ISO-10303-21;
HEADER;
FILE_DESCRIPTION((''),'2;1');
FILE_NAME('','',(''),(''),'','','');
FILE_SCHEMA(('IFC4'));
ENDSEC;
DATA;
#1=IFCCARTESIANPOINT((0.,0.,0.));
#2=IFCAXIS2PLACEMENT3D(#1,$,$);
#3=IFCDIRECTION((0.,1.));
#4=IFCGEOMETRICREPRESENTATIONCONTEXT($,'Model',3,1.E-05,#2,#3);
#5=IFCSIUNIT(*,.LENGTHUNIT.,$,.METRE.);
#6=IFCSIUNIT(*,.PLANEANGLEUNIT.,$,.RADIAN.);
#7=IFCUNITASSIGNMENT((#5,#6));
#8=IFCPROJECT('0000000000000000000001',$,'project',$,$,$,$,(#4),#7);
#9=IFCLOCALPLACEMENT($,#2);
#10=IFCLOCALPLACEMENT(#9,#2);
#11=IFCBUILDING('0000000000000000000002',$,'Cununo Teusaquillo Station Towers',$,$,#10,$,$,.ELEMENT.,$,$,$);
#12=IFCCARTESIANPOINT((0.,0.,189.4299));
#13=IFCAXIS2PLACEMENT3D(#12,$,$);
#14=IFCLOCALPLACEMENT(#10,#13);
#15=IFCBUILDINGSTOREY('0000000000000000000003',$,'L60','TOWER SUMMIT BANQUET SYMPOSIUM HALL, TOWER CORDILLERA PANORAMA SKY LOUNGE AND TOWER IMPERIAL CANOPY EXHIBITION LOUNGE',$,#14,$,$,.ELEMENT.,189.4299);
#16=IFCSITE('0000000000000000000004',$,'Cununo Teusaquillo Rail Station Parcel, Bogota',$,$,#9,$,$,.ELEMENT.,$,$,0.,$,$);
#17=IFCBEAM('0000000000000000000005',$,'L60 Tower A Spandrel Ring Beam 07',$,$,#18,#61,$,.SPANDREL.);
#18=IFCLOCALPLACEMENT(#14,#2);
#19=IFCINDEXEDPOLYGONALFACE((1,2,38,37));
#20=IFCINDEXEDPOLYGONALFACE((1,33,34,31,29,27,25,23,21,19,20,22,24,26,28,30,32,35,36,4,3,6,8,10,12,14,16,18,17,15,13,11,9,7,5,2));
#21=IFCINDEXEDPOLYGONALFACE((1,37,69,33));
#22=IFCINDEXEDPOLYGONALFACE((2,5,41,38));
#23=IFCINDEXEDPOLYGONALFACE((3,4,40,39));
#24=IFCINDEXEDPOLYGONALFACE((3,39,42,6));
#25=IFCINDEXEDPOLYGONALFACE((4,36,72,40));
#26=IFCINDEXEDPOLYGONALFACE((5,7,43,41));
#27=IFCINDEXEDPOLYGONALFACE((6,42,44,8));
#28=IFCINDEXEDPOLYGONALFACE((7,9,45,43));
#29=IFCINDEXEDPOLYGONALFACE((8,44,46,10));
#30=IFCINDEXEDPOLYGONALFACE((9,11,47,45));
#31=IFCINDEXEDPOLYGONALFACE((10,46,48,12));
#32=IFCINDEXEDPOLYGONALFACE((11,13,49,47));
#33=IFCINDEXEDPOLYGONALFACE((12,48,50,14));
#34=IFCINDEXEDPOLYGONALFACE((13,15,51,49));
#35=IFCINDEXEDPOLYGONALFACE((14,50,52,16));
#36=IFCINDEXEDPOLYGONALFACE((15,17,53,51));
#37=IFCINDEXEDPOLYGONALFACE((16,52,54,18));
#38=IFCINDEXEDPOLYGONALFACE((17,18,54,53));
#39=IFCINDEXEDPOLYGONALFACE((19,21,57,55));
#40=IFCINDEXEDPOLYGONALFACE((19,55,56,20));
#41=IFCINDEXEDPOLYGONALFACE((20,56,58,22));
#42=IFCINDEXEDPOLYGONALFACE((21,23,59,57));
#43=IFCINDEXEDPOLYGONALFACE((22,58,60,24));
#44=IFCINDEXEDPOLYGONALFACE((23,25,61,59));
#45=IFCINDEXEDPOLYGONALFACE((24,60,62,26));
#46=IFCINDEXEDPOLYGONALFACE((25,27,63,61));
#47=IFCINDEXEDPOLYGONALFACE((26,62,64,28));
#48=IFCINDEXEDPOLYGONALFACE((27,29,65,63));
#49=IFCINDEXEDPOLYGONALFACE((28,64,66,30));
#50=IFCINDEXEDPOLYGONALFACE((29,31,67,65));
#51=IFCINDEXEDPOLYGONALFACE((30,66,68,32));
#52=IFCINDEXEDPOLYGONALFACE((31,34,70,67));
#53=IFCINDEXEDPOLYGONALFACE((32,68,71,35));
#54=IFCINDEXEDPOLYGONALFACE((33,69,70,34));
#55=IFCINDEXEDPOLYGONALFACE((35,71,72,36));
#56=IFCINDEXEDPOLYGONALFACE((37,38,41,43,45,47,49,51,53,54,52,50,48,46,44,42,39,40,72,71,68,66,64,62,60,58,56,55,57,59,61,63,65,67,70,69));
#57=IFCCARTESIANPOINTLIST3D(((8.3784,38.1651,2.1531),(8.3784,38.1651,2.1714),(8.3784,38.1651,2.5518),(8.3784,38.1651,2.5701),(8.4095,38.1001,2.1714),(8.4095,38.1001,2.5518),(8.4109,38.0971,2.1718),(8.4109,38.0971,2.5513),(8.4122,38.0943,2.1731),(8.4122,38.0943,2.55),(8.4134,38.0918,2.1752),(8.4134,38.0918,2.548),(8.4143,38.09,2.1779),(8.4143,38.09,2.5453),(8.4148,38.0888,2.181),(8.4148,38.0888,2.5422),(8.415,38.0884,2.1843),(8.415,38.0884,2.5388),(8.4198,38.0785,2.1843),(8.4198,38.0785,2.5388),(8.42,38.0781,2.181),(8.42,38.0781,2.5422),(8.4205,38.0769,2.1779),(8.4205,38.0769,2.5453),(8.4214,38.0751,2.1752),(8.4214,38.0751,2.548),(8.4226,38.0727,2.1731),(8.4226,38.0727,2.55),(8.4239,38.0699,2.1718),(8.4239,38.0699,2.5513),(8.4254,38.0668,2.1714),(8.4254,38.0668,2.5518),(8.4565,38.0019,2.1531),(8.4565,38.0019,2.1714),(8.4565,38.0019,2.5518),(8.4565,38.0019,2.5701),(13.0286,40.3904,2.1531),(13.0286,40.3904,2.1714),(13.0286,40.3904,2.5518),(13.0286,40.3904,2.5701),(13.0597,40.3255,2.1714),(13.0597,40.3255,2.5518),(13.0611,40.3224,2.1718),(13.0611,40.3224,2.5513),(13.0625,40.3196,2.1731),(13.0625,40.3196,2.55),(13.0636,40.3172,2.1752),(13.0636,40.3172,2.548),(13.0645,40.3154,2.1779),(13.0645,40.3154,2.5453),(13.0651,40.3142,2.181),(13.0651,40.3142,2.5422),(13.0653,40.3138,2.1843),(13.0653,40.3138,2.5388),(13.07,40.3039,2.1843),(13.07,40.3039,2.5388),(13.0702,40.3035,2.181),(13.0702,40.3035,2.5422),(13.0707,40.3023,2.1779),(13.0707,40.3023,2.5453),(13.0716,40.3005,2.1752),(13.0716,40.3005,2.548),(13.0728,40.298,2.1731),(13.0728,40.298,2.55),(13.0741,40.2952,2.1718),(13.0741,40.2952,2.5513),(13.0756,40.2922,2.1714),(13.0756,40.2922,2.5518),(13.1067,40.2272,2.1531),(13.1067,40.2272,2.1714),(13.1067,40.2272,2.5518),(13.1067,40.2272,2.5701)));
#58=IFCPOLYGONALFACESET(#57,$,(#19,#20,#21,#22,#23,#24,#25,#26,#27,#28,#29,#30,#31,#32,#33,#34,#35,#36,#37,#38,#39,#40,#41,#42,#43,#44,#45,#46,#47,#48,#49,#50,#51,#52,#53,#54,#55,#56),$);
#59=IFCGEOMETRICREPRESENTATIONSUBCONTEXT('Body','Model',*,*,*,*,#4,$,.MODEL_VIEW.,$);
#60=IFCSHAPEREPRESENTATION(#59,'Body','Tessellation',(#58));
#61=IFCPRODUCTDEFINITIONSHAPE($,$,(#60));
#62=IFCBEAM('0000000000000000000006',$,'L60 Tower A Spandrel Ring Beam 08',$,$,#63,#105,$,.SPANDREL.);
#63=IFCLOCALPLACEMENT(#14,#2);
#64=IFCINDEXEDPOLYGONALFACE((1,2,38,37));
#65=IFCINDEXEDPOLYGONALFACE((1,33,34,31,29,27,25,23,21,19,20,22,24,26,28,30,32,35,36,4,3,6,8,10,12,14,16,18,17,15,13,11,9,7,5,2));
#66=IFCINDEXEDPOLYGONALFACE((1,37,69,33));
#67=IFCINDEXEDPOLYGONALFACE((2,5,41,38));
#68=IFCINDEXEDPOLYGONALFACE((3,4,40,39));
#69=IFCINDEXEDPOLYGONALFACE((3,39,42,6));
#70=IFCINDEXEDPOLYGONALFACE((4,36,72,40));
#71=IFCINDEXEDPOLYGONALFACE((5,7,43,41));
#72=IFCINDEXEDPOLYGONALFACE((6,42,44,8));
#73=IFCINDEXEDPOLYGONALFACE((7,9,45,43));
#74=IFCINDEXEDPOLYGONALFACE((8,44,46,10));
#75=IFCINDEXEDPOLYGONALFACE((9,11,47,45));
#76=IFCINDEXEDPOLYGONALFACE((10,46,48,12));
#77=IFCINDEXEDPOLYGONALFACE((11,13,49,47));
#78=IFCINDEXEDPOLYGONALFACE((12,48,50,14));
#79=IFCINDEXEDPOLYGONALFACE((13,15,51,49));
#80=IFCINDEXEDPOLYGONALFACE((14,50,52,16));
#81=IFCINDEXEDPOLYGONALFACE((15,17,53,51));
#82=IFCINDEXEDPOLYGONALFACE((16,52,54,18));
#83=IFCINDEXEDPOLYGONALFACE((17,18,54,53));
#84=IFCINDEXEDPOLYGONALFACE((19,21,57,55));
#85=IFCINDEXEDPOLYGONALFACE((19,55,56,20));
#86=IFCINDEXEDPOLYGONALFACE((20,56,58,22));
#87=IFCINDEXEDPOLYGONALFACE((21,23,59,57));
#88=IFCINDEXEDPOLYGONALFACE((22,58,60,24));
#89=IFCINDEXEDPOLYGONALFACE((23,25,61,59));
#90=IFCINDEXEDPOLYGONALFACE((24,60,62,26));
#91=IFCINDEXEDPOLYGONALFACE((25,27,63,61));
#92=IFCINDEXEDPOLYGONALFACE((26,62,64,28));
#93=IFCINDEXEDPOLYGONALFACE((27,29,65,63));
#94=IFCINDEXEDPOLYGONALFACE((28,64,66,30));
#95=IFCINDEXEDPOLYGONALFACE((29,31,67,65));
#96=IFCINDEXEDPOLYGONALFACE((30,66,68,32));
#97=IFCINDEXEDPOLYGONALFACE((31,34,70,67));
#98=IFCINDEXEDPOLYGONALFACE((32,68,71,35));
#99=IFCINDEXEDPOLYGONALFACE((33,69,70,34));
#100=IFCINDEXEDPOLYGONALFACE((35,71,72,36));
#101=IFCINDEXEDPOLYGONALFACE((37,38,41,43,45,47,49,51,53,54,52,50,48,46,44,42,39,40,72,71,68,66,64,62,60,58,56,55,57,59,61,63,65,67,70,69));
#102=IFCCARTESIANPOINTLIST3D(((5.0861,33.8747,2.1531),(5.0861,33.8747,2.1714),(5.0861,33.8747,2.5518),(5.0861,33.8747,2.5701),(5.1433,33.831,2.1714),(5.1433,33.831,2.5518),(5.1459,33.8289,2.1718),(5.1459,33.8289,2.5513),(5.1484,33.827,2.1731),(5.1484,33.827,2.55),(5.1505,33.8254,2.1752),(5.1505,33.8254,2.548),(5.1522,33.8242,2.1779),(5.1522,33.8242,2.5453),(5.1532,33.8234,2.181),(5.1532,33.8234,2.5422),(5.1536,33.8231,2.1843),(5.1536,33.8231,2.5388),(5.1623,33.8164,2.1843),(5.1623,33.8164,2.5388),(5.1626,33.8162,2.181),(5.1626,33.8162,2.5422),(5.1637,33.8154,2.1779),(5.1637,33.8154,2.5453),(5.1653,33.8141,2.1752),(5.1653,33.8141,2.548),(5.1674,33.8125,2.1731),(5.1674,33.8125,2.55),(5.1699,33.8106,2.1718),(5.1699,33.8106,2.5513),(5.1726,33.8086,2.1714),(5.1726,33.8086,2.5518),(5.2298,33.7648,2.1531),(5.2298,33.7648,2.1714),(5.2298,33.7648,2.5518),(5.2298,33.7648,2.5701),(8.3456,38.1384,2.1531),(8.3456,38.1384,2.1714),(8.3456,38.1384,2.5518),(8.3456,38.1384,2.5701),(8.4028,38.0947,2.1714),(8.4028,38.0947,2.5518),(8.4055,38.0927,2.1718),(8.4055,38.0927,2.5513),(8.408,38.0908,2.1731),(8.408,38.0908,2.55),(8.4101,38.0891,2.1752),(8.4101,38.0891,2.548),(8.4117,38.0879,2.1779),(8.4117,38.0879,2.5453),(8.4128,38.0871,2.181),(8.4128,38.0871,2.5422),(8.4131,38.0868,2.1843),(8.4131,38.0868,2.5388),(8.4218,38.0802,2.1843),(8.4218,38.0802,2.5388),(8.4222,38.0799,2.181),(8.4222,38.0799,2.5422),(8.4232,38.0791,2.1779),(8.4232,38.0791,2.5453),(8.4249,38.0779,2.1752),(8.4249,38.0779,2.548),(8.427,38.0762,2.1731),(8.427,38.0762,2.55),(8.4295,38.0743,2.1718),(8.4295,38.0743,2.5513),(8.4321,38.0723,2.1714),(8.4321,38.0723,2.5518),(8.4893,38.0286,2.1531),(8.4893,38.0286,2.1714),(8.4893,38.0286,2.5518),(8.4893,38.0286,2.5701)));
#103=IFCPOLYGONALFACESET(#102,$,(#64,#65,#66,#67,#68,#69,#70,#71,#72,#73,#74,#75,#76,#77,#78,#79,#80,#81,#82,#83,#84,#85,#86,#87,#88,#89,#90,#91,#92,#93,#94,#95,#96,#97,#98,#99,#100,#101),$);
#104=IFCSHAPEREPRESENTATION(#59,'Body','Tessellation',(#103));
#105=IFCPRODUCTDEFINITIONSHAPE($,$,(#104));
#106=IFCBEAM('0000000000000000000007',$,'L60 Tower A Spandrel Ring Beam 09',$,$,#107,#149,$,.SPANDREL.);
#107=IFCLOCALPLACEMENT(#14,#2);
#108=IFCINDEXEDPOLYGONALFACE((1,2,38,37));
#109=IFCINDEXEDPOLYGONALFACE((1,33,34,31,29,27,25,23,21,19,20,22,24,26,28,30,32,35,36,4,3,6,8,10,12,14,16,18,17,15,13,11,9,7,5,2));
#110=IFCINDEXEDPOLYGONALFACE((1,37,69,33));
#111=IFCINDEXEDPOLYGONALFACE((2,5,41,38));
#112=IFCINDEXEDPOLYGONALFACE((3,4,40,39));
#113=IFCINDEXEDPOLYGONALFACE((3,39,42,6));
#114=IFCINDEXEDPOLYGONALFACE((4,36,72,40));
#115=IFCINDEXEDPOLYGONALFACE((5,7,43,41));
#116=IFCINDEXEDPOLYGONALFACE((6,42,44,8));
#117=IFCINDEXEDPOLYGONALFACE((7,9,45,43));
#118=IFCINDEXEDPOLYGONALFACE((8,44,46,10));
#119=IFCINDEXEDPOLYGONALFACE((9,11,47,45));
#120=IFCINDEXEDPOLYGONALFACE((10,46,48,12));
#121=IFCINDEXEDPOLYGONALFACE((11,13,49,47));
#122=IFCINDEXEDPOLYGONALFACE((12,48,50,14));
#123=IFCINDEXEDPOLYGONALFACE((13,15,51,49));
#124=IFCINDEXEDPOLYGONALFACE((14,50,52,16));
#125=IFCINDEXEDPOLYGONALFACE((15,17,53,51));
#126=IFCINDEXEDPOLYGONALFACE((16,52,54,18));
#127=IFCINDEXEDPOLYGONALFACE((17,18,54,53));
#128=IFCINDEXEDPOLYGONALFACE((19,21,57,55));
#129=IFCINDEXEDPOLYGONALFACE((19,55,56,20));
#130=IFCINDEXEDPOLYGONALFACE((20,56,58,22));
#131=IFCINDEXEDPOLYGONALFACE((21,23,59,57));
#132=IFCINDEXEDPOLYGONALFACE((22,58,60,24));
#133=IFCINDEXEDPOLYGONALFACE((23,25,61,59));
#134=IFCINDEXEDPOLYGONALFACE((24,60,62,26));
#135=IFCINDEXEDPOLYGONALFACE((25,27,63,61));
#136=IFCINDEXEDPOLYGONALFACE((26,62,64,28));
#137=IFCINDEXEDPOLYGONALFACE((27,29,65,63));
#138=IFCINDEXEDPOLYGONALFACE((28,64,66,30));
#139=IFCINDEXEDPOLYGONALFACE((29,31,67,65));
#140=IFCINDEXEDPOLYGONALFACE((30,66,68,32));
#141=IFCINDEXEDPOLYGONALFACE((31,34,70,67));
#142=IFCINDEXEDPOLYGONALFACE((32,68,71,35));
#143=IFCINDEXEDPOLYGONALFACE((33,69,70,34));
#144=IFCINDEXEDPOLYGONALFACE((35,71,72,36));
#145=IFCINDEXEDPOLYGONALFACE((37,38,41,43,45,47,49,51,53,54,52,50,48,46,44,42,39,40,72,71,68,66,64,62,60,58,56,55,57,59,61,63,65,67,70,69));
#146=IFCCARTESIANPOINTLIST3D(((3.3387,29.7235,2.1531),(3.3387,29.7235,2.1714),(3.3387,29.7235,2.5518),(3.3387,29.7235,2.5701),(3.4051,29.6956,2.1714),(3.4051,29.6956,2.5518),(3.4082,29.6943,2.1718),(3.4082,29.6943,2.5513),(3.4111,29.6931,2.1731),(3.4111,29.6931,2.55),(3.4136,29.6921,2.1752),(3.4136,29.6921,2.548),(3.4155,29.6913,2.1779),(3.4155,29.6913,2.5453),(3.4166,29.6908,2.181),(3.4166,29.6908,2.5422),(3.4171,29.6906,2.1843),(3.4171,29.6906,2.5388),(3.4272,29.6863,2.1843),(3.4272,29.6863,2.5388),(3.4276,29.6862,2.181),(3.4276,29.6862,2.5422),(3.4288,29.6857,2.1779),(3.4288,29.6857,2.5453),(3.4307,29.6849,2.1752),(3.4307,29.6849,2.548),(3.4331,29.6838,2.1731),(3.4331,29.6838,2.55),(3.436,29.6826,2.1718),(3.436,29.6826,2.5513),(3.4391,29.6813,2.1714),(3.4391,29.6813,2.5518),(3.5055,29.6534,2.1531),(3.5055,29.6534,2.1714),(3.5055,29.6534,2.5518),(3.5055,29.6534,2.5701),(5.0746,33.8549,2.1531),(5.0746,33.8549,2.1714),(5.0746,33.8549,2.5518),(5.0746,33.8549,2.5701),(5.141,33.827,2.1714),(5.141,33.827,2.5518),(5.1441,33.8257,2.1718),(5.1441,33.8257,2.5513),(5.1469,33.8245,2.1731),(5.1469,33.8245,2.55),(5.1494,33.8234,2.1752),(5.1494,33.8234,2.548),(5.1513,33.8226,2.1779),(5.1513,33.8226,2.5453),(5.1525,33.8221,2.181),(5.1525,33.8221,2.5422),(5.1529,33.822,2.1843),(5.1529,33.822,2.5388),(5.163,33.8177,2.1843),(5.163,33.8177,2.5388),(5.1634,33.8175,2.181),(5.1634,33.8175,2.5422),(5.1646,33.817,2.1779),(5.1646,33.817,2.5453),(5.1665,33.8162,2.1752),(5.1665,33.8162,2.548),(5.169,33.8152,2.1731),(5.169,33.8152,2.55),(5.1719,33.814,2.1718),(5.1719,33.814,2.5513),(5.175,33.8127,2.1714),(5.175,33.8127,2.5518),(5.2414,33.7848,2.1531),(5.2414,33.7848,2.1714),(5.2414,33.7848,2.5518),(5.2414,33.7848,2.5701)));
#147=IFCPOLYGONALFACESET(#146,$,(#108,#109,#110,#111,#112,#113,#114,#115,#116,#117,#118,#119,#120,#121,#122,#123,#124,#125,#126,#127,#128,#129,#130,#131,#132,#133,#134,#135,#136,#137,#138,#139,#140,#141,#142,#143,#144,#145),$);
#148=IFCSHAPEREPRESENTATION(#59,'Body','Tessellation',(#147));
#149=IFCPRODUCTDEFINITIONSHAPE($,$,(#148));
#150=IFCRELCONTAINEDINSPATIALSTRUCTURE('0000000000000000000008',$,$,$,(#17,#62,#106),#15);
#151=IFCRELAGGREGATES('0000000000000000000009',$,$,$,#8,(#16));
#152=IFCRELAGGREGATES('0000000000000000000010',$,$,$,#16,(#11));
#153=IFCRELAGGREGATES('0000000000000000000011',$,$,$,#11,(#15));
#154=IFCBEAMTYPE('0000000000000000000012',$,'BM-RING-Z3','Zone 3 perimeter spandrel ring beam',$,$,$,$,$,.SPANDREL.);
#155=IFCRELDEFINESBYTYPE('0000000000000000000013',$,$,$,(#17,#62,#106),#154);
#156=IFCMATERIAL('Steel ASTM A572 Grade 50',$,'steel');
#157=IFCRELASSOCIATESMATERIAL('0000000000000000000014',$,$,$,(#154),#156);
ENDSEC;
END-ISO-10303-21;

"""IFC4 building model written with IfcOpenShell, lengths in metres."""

from ifc_helpers import new_model, si_unit, direction, frame, origin, origin_2d, place, context, subcontext, project, spatial, i_section, extrude, material, material_profile, profile_set, type_object, element, save


model = new_model("IFC4")

# Units and contexts
model_context = context("Model", 3, precision=1e-05, world=origin(), true_north=direction((0.0, 1.0)))
body_context = subcontext(model_context, "Body", "Model", "MODEL_VIEW")
ifc_project = project(units=[si_unit("LENGTHUNIT", "METRE"), si_unit("PLANEANGLEUNIT", "RADIAN")], contexts=[model_context])

# Site, building, storey
site_placement = place(None, origin())
site = spatial("IfcSite", under=ifc_project, at=site_placement, Name="Cununo Teusaquillo Rail Station Parcel, Bogota", CompositionType="ELEMENT", RefElevation=0.0)
building_placement = place(site_placement, origin())
building = spatial("IfcBuilding", under=site, at=building_placement, Name="Cununo Teusaquillo Station Towers", CompositionType="ELEMENT")
storey_placement = place(building_placement, frame((0.0, 0.0, 189.4299)))
storey = spatial("IfcBuildingStorey", under=building, at=storey_placement, Name="L60", Description="TOWER SUMMIT BANQUET SYMPOSIUM HALL, TOWER CORDILLERA PANORAMA SKY LOUNGE AND TOWER IMPERIAL CANOPY EXHIBITION LOUNGE", CompositionType="ELEMENT", Elevation=189.4299)

# Beams
ifc_material_1 = material(Name="Steel ASTM A572 Grade 50", Category="steel")
ifc_material_profile_1 = material_profile(ifc_material_1, i_section(OverallWidth=0.1809, OverallDepth=0.417, WebThickness=0.011, FlangeThickness=0.0183, FilletRadius=0.0129, at=origin_2d()), Name="W16X57")
ifc_profile_set_1 = profile_set([ifc_material_profile_1], Name="Steel ASTM A572 Grade 50")
beam_type_1 = type_object("IfcBeamType", Name="BM-RING-Z3", Description="Zone 3 perimeter spandrel ring beam", PredefinedType="SPANDREL", material=ifc_profile_set_1)
beam_1_placement = place(storey_placement, frame((13.0676, 40.3088, 2.3616), z_axis=(-0.902032, -0.43167, 0.0), x_axis=(0.43167, -0.902032, 0.0)))
element("IfcBeam", 1, at=beam_1_placement, inside=storey, type_object=beam_type_1, Name="L60 Tower A Spandrel Ring Beam 07", PredefinedType="SPANDREL", context=body_context, shape_type="SweptSolid", body=[
    extrude(i_section(OverallWidth=0.1809, OverallDepth=0.417, WebThickness=0.011, FlangeThickness=0.0183, FilletRadius=0.0129, at=origin_2d()), origin(), (0.0, 0.0, 1.0), 5.1553),
])
beam_2_placement = place(storey_placement, frame((8.4175, 38.0835, 2.3616), z_axis=(-0.60734, -0.794442, 0.0), x_axis=(0.794442, -0.60734, 0.0)))
element("IfcBeam", 2, at=beam_2_placement, inside=storey, type_object=beam_type_1, Name="L60 Tower A Spandrel Ring Beam 08", PredefinedType="SPANDREL", context=body_context, shape_type="SweptSolid", body=[
    extrude(i_section(OverallWidth=0.1809, OverallDepth=0.417, WebThickness=0.011, FlangeThickness=0.0183, FilletRadius=0.0129, at=origin_2d()), origin(), (0.0, 0.0, 1.0), 5.3669),
])
beam_3_placement = place(storey_placement, frame((5.158, 33.8198, 2.3616), z_axis=(-0.38736, -0.921928, 0.0), x_axis=(0.921928, -0.38736, 0.0)))
element("IfcBeam", 3, at=beam_3_placement, inside=storey, type_object=beam_type_1, Name="L60 Tower A Spandrel Ring Beam 09", PredefinedType="SPANDREL", context=body_context, shape_type="SweptSolid", body=[
    extrude(i_section(OverallWidth=0.1809, OverallDepth=0.417, WebThickness=0.011, FlangeThickness=0.0183, FilletRadius=0.0129, at=origin_2d()), origin(), (0.0, 0.0, 1.0), 4.4812),
])

save(model, "model.ifc")
